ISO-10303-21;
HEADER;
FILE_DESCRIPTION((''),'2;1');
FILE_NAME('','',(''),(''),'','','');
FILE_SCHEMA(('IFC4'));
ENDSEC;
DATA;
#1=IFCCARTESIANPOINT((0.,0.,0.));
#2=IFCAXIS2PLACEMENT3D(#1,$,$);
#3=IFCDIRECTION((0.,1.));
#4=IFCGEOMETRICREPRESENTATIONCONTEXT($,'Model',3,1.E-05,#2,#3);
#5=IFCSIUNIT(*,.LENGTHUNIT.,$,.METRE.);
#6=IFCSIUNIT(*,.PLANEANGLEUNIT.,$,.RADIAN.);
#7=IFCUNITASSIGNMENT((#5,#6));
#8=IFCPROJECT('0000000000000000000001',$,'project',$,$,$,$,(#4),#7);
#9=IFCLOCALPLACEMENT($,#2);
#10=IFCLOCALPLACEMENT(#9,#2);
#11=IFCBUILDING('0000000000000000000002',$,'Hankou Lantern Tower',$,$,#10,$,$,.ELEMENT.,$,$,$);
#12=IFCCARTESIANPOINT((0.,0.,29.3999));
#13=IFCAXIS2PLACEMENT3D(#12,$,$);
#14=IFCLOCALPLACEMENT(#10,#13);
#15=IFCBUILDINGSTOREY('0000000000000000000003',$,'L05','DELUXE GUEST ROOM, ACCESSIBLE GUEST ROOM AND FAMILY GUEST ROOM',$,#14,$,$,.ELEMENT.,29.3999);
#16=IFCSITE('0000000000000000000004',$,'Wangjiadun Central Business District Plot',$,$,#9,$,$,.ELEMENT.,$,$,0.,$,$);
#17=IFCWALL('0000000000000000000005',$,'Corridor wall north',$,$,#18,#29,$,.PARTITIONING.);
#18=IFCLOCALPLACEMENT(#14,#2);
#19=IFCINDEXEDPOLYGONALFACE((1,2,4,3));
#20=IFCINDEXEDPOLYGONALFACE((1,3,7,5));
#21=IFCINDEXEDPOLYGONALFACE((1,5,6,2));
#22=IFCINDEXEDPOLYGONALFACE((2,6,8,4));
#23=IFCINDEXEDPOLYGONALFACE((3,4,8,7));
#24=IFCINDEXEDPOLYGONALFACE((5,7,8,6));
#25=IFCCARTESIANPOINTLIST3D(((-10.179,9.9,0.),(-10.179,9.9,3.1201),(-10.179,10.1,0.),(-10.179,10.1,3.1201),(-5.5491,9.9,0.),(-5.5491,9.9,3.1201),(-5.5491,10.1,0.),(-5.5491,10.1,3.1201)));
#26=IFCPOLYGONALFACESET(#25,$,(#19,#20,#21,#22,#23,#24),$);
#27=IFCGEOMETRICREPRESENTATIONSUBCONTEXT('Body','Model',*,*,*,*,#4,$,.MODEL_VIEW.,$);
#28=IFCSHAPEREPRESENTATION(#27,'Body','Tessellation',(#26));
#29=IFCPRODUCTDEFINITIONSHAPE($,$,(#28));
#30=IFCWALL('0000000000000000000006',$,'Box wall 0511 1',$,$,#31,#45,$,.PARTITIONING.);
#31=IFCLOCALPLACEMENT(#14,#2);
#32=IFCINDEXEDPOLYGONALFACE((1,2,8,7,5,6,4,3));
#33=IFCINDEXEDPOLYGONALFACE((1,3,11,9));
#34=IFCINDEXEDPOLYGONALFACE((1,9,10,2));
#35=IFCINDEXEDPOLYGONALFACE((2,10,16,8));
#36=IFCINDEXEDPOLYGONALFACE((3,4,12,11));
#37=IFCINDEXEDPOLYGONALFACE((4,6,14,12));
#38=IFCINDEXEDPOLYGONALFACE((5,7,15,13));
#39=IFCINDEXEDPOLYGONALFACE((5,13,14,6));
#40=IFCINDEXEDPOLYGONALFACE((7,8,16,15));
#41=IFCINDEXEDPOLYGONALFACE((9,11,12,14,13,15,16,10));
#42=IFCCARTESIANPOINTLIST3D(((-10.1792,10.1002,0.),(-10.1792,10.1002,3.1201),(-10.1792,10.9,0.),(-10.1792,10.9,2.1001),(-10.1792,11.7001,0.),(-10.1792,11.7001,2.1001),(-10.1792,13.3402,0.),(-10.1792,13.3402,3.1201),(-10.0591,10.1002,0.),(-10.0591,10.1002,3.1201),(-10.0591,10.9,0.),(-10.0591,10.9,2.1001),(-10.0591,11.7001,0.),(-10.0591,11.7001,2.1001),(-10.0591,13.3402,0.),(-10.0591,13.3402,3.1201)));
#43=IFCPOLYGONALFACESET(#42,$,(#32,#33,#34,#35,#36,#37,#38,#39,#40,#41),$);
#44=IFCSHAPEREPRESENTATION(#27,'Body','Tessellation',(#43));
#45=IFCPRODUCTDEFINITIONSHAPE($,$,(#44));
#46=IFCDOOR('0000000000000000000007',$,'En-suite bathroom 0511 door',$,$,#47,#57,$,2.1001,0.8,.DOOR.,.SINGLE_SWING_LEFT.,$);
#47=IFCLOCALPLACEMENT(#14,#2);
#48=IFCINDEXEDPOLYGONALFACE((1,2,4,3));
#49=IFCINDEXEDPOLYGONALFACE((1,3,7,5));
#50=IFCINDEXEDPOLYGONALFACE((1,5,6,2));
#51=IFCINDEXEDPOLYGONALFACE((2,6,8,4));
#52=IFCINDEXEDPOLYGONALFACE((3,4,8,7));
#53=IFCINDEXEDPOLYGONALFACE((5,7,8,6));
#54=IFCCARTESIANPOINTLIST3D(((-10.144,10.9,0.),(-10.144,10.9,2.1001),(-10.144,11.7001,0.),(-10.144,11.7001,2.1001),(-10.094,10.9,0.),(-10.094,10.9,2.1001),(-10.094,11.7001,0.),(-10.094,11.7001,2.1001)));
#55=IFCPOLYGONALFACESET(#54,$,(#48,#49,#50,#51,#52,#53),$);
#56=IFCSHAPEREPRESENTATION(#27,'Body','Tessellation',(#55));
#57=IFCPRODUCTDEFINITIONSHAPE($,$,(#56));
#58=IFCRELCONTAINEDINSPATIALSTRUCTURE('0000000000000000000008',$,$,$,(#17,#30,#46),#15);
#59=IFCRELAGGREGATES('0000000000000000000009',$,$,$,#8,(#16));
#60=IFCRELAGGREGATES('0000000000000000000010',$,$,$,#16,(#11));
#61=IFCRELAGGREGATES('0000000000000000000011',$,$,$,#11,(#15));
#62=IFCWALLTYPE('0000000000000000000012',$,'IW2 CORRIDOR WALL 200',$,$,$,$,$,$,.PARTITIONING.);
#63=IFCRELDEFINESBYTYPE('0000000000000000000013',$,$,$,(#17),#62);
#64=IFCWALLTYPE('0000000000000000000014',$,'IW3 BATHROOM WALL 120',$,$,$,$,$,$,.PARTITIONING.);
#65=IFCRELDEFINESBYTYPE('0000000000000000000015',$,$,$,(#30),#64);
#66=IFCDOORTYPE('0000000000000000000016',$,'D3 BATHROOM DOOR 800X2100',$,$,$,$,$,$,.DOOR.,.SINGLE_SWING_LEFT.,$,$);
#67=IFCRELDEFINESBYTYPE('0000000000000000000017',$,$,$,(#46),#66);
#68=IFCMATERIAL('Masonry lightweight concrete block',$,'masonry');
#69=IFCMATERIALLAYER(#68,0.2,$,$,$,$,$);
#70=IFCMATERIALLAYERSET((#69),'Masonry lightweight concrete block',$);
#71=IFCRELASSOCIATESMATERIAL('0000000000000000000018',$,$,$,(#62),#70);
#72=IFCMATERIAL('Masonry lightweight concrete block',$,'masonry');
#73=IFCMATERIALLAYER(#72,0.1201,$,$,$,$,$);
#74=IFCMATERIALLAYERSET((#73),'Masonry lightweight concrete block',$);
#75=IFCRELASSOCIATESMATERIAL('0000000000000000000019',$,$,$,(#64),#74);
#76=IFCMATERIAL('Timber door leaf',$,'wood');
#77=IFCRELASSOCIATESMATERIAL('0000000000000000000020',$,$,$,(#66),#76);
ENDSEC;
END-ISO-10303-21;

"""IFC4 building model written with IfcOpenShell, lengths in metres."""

from ifc_helpers import new_model, si_unit, direction, frame, frame_2d, origin, place, context, subcontext, project, spatial, rectangle, extrude, material, layer, layer_set, type_object, element, fill, save


model = new_model("IFC4")

# Units and contexts
model_context = context("Model", 3, precision=1e-05, world=origin(), true_north=direction((0.0, 1.0)))
body_context = subcontext(model_context, "Body", "Model", "MODEL_VIEW")
ifc_project = project(units=[si_unit("LENGTHUNIT", "METRE"), si_unit("PLANEANGLEUNIT", "RADIAN")], contexts=[model_context])

# Site, building, storey
site_placement = place(None, origin())
site = spatial("IfcSite", under=ifc_project, at=site_placement, Name="Wangjiadun Central Business District Plot", CompositionType="ELEMENT", RefElevation=0.0)
building_placement = place(site_placement, origin())
building = spatial("IfcBuilding", under=site, at=building_placement, Name="Hankou Lantern Tower", CompositionType="ELEMENT")
storey_placement = place(building_placement, frame((0.0, 0.0, 29.3999)))
storey = spatial("IfcBuildingStorey", under=building, at=storey_placement, Name="L05", Description="DELUXE GUEST ROOM, ACCESSIBLE GUEST ROOM AND FAMILY GUEST ROOM", CompositionType="ELEMENT", Elevation=29.3999)

# Shared definitions
ifc_material_1 = material(Name="Masonry lightweight concrete block", Category="masonry")
ifc_layer_1 = layer(ifc_material_1, 0.2)
ifc_layer_set_1 = layer_set([ifc_layer_1], Name="Masonry lightweight concrete block")
wall_type_1 = type_object("IfcWallType", Name="IW2 CORRIDOR WALL 200", PredefinedType="PARTITIONING", material=ifc_layer_set_1)

# Wall
wall_1_placement = place(storey_placement, frame((-10.179, 10.0, 0.0), z_axis=(0.0, 0.0, 1.0), x_axis=(1.0, 0.0, 0.0)))
element("IfcWall", 1, at=wall_1_placement, inside=storey, type_object=wall_type_1, Name="Corridor wall north", PredefinedType="PARTITIONING", context=body_context, shape_type="SweptSolid", body=[
    extrude(rectangle(XDim=4.6299, YDim=0.2, at=frame_2d((2.3149, 0.0))), origin(), (0.0, 0.0, 1.0), 3.1201),
])

# Wall, opening, door
ifc_material_2 = material(Name="Masonry lightweight concrete block", Category="masonry")
ifc_layer_2 = layer(ifc_material_2, 0.1201)
ifc_layer_set_2 = layer_set([ifc_layer_2], Name="Masonry lightweight concrete block")
wall_type_2 = type_object("IfcWallType", Name="IW3 BATHROOM WALL 120", PredefinedType="PARTITIONING", material=ifc_layer_set_2)
wall_2_placement = place(storey_placement, frame((-10.1191, 10.1001, 0.0), z_axis=(0.0, 0.0, 1.0), x_axis=(0.0, 1.0, 0.0)))
wall_2 = element("IfcWall", 2, at=wall_2_placement, inside=storey, type_object=wall_type_2, Name="Box wall 0511 1", PredefinedType="PARTITIONING", context=body_context, shape_type="SweptSolid", body=[
    extrude(rectangle(XDim=3.24, YDim=0.1201, at=frame_2d((1.6201, 0.0))), origin(), (0.0, 0.0, 1.0), 3.1201),
])
opening_1_placement = place(wall_2_placement, frame((0.8, 0.0, 0.0)))
opening_1 = element("IfcOpeningElement", 3, at=opening_1_placement, cuts=wall_2, PredefinedType="OPENING", context=body_context, shape_type="SweptSolid", body=[
    extrude(rectangle(XDim=0.8, YDim=2.1001, at=frame_2d((0.3999, 1.05))), frame((0.0, 0.0701, 0.0), z_axis=(0.0, -1.0, 0.0), x_axis=(1.0, 0.0, 0.0)), (0.0, 0.0, 1.0), 0.1401),
])
ifc_material_3 = material(Name="Timber door leaf", Category="wood")
door_type_1 = type_object("IfcDoorType", Name="D3 BATHROOM DOOR 800X2100", OperationType="SINGLE_SWING_LEFT", PredefinedType="DOOR", material=ifc_material_3)
door_1_placement = place(opening_1_placement, origin())
door_1 = element("IfcDoor", 4, at=door_1_placement, inside=storey, type_object=door_type_1, Name="En-suite bathroom 0511 door", OperationType="SINGLE_SWING_LEFT", OverallHeight=2.1001, OverallWidth=0.8, PredefinedType="DOOR", context=body_context, shape_type="SweptSolid", body=[
    extrude(rectangle(XDim=0.8, YDim=2.1001, at=frame_2d((0.3999, 1.05))), frame((0.0, 0.0249, 0.0), z_axis=(0.0, -1.0, 0.0), x_axis=(1.0, 0.0, 0.0)), (0.0, 0.0, 1.0), 0.05),
])
fill(opening_1, door_1)

save(model, "model.ifc")
